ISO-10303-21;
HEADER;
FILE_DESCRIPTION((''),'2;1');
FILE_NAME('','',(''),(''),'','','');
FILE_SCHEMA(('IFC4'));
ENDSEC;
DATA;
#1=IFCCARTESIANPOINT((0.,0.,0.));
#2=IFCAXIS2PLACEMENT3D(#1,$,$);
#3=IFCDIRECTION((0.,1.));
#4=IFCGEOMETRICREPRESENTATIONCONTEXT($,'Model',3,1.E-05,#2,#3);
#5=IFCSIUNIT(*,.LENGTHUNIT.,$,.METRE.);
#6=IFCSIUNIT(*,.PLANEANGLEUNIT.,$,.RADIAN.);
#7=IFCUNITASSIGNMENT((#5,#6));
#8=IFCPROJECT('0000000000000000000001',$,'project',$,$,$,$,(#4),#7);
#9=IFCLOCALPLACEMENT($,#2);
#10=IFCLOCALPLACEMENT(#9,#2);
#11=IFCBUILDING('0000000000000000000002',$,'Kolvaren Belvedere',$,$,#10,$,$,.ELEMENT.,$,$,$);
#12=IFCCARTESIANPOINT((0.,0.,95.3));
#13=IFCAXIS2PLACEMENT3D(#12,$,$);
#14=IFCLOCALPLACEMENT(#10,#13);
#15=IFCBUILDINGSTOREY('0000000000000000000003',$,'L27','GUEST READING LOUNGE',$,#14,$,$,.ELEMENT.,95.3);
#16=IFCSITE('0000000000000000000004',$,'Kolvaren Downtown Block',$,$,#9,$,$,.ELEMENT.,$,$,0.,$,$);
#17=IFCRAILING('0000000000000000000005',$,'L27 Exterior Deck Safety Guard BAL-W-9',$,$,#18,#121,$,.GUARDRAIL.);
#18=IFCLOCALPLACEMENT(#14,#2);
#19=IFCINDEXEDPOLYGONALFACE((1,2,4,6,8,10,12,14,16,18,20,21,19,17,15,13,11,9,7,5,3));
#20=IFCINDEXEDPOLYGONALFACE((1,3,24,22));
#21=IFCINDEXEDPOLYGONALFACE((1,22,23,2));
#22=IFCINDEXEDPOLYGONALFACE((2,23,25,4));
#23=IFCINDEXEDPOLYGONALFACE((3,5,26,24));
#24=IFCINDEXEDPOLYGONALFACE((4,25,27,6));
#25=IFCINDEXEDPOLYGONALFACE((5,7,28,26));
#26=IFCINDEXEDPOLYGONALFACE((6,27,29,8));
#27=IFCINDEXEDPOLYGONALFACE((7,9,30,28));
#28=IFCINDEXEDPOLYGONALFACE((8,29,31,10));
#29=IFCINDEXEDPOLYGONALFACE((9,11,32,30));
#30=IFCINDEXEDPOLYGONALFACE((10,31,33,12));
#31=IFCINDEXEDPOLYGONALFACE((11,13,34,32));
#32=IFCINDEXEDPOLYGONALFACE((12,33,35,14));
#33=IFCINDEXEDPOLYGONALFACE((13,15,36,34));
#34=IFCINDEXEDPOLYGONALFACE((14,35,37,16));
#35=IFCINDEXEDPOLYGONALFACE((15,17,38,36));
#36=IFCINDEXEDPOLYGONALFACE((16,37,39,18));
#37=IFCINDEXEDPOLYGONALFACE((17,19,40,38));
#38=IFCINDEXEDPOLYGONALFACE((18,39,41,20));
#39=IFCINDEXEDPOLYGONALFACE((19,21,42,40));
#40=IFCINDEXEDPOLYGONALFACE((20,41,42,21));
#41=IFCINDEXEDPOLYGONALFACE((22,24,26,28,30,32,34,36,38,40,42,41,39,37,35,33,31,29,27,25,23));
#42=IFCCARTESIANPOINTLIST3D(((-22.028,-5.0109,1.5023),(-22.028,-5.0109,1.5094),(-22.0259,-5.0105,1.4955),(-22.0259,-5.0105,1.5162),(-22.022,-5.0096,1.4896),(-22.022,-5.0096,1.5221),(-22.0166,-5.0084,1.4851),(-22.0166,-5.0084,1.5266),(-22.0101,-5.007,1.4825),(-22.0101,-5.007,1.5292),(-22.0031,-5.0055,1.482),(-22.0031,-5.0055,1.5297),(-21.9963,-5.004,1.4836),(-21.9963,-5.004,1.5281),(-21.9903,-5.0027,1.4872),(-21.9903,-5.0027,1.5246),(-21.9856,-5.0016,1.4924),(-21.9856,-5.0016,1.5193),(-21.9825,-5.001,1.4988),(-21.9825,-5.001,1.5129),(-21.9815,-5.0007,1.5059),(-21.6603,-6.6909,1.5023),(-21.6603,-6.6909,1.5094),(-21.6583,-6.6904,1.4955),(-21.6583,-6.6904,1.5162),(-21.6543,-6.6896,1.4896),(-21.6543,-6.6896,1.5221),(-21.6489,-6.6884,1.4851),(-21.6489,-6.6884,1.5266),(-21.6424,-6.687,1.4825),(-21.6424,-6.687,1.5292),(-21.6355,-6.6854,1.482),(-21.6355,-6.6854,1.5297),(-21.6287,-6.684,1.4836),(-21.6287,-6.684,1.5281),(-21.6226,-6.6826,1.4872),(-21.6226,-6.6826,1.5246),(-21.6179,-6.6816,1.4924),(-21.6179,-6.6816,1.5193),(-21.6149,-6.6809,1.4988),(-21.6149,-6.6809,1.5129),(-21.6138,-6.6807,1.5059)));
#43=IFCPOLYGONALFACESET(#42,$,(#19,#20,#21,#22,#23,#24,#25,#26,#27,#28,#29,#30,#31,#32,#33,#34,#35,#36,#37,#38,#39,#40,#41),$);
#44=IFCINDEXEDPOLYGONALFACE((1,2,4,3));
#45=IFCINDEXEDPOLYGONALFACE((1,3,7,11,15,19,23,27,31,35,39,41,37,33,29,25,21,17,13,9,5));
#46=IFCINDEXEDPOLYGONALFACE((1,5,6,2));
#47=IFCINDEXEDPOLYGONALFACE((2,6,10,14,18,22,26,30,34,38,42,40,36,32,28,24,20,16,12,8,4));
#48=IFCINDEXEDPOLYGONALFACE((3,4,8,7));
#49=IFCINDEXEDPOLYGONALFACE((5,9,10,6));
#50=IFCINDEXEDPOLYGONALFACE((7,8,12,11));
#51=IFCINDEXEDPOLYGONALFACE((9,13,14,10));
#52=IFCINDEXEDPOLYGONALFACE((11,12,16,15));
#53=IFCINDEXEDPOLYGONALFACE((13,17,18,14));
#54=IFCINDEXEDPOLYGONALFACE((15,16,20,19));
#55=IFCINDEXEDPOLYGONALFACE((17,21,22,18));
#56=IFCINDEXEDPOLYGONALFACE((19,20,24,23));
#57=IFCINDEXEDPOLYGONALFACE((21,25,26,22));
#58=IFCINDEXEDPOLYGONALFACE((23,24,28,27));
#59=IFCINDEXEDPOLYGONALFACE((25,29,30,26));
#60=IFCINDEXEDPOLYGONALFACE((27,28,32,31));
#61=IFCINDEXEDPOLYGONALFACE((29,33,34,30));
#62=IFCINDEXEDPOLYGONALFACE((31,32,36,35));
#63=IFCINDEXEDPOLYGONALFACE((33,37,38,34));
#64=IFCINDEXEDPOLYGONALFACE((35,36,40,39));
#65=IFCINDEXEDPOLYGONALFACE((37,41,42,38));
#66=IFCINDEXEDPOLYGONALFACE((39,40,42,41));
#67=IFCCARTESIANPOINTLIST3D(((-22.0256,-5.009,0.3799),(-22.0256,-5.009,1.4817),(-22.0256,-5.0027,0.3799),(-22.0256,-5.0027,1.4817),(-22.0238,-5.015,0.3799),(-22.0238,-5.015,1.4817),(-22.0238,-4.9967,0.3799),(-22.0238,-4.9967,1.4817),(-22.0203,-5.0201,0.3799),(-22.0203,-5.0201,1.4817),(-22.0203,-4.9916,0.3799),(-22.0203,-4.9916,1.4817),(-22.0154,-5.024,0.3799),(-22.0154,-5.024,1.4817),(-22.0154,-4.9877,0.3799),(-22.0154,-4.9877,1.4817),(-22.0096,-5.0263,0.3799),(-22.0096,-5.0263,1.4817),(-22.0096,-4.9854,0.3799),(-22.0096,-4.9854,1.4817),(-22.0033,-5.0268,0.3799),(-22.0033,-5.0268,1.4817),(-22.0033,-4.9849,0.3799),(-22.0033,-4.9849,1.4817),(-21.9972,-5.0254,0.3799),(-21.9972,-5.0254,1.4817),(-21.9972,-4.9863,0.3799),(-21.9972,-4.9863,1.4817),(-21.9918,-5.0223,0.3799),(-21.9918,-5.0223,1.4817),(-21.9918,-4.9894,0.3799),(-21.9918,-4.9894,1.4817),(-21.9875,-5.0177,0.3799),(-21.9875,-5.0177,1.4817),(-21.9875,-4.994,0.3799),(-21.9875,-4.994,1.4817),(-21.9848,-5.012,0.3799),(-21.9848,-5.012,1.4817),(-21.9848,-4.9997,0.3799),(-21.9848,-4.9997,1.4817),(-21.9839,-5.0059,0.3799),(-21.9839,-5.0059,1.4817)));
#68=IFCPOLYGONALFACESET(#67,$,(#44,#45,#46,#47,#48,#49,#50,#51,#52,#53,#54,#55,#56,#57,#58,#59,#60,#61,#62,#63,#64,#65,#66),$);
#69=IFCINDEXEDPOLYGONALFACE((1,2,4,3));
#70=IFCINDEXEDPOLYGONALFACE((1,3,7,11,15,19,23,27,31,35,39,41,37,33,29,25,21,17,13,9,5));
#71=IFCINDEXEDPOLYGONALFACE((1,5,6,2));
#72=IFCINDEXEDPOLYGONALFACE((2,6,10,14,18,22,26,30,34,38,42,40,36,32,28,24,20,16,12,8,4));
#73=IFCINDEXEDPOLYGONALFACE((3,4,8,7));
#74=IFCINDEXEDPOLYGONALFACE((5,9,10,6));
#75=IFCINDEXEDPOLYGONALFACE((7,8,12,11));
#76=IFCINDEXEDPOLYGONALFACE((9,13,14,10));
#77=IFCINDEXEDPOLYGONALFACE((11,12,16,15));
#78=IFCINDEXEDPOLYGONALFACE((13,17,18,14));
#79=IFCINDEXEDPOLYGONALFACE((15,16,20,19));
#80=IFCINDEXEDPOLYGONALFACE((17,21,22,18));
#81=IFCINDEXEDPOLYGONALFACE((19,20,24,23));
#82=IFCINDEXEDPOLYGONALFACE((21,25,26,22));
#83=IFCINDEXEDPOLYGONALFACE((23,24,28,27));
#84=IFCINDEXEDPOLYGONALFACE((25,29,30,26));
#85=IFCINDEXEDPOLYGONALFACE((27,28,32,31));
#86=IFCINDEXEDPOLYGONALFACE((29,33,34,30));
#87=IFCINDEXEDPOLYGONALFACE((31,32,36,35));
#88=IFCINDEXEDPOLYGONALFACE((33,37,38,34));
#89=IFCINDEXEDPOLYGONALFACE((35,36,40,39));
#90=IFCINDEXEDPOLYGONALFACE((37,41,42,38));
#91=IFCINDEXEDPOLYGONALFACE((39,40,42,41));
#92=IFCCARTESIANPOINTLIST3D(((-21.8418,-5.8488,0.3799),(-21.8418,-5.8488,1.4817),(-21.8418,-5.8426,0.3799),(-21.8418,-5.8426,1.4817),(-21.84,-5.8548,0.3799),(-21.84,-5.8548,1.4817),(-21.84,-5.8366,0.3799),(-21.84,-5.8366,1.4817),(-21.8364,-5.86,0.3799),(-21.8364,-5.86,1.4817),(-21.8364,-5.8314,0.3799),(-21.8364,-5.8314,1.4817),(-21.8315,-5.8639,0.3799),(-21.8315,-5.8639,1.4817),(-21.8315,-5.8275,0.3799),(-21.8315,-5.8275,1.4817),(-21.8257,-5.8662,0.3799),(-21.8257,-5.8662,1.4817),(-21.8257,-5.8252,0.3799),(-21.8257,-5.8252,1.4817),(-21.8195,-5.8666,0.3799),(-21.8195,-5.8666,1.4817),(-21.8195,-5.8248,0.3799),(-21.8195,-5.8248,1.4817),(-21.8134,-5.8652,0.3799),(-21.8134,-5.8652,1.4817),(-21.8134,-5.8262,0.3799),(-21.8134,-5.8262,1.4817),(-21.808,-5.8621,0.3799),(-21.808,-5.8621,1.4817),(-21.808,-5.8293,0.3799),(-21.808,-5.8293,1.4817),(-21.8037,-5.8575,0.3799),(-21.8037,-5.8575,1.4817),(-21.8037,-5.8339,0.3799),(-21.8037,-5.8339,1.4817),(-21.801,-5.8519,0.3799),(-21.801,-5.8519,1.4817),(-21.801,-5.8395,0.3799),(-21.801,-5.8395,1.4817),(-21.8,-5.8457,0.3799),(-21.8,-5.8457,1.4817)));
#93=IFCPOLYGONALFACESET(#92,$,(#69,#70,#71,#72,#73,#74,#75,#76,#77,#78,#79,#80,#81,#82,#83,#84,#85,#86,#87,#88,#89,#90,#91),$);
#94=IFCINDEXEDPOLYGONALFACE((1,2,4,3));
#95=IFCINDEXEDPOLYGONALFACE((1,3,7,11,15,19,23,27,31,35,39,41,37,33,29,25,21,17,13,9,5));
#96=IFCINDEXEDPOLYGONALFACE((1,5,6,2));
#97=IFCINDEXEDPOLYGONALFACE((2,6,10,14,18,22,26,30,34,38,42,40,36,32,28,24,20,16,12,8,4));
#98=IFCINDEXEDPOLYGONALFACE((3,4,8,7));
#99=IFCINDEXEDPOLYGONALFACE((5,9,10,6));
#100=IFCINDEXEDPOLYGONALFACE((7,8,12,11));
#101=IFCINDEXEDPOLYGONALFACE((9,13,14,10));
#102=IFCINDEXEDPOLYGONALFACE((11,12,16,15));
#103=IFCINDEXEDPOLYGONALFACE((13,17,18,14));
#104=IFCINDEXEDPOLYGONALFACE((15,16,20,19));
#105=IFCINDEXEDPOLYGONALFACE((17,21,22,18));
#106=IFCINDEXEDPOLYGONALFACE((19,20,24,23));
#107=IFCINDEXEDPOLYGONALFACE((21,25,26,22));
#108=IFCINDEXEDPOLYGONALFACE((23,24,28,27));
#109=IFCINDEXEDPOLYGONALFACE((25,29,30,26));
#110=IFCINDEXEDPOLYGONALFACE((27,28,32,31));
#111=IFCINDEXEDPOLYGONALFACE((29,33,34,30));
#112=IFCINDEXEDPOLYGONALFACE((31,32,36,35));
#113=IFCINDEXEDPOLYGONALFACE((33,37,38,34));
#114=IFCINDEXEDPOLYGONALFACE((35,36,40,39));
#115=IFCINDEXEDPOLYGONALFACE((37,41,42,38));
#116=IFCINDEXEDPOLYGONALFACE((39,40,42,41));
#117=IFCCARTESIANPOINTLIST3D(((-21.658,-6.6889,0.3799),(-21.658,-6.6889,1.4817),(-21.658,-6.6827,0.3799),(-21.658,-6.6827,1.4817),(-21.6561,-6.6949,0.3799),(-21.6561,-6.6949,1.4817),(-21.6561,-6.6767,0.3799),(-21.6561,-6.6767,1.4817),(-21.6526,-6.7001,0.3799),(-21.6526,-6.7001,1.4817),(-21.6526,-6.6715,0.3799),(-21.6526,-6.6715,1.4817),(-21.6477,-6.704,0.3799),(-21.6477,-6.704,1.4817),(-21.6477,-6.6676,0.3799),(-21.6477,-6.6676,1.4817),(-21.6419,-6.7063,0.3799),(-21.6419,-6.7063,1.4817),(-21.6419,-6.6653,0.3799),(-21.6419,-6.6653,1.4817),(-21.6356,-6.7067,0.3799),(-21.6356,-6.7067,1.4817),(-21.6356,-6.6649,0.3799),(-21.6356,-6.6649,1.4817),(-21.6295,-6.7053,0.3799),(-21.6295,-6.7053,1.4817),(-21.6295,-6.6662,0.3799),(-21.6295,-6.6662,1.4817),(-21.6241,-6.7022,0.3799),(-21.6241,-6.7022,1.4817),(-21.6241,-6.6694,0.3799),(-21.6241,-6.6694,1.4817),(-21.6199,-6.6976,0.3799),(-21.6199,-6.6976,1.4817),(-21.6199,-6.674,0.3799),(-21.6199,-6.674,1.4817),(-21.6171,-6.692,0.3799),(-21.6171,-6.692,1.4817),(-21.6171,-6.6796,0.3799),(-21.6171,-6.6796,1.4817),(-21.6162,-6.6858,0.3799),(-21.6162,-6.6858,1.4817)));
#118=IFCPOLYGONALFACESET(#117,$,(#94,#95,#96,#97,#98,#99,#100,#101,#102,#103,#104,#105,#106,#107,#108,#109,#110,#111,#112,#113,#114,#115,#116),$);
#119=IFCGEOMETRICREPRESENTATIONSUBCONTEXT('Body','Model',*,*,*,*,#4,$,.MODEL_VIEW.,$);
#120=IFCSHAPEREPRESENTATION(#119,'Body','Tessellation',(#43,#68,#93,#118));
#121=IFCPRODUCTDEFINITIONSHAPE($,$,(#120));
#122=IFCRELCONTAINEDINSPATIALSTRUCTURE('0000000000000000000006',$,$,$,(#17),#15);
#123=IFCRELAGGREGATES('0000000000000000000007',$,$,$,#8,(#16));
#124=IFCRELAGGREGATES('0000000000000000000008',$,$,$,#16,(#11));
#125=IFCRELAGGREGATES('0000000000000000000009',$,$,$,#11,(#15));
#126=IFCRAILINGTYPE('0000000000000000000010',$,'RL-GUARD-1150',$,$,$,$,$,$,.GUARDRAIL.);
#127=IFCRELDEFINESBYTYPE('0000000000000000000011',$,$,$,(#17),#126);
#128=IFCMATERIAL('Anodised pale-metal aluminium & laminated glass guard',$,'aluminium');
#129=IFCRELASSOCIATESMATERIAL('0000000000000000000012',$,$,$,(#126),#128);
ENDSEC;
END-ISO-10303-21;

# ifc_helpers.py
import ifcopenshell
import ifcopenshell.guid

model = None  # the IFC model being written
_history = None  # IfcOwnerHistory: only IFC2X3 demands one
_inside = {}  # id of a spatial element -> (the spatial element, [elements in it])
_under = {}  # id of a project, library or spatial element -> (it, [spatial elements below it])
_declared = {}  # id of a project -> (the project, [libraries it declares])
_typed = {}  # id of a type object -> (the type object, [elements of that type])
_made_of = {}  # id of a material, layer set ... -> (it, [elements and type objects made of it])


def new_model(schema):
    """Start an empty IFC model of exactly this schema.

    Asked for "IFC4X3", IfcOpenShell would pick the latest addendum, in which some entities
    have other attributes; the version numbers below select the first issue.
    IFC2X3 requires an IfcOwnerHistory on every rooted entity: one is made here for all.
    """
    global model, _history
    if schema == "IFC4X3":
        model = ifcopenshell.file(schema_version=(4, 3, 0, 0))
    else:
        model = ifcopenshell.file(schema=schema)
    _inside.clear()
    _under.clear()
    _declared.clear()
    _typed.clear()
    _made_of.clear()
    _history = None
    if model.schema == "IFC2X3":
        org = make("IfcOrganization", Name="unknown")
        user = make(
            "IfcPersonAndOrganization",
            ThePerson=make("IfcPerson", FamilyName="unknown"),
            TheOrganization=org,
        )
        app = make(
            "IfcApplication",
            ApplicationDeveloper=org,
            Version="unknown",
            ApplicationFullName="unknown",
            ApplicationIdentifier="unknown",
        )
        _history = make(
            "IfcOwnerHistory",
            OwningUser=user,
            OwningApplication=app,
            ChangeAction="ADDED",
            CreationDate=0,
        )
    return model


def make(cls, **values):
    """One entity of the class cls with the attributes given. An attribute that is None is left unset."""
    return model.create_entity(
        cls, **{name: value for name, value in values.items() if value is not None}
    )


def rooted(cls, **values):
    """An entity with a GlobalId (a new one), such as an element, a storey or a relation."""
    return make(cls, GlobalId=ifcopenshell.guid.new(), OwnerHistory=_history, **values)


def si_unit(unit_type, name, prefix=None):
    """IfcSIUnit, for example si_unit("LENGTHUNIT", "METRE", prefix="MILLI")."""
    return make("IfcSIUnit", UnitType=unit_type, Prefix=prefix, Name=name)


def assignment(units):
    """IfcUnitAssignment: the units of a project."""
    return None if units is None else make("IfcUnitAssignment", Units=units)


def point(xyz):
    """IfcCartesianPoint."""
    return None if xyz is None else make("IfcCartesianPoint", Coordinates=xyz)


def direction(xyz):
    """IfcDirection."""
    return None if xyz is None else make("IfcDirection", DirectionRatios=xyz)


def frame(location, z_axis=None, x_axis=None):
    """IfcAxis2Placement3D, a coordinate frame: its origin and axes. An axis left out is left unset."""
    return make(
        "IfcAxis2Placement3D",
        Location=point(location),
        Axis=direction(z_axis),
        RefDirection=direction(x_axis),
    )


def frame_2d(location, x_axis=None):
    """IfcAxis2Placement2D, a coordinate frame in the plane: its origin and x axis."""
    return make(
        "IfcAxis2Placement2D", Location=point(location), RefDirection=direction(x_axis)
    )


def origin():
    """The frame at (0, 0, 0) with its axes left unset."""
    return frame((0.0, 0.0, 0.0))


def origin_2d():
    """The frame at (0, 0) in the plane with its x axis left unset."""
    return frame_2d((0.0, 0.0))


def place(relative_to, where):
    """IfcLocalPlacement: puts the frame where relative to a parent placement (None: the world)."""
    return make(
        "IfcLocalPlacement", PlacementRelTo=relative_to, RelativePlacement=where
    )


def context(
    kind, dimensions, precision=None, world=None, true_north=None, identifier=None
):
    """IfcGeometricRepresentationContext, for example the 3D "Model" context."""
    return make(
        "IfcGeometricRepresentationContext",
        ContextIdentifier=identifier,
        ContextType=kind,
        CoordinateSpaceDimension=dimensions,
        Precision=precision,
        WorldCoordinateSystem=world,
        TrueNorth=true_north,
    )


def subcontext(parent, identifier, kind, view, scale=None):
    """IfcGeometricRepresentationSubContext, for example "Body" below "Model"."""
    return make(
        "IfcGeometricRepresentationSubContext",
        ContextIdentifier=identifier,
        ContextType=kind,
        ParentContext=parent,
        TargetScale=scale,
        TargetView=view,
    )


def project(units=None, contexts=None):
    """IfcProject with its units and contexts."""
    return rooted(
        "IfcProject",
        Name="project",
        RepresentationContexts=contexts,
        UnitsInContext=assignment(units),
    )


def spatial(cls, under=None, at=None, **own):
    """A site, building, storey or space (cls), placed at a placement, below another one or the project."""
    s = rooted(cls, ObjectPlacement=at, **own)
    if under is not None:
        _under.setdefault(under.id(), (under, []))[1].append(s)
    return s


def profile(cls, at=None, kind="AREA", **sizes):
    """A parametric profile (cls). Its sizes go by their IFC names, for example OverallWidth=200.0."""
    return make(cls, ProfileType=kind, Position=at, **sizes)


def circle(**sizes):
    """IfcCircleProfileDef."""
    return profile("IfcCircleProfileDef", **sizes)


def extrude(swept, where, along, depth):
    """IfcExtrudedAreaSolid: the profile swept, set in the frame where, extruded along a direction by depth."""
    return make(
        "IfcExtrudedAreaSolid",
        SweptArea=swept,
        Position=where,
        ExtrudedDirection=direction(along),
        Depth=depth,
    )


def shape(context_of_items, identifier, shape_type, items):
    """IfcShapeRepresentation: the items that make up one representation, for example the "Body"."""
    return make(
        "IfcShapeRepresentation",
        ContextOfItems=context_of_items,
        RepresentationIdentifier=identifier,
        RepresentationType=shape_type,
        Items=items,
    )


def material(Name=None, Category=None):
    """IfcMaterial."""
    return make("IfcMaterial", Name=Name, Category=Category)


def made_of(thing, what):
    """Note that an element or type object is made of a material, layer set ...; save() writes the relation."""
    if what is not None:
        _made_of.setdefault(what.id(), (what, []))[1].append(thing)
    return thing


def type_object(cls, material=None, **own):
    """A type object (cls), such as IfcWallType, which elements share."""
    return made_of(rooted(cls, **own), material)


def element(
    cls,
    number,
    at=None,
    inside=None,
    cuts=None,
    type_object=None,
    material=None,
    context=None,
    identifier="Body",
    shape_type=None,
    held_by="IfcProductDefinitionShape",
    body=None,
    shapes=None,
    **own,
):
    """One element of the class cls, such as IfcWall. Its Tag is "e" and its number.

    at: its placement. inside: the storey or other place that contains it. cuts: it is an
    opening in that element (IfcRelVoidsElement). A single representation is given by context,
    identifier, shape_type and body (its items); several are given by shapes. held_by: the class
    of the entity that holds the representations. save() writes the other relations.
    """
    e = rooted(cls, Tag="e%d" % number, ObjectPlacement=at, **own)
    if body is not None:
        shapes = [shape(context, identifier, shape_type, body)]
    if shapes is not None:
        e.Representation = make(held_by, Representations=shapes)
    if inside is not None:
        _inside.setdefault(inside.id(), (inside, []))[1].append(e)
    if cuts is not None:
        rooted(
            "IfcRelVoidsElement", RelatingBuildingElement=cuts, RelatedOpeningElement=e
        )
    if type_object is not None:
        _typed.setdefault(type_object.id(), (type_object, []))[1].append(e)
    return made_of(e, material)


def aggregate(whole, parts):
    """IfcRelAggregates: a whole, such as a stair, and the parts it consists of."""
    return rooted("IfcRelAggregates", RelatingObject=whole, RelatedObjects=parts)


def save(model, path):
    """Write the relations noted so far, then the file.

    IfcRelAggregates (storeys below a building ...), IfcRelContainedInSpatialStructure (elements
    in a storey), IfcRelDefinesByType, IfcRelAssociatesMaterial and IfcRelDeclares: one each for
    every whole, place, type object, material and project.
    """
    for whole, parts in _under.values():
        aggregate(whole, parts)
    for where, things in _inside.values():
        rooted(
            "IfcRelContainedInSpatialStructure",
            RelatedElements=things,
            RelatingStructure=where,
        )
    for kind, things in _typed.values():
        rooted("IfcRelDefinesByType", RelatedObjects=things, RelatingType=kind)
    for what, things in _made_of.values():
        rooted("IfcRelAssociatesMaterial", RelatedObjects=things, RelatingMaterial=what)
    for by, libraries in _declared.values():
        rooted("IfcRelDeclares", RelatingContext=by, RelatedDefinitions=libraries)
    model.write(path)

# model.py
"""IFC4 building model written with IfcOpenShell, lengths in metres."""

from ifc_helpers import new_model, si_unit, direction, frame, origin, origin_2d, place, context, subcontext, project, spatial, circle, extrude, material, type_object, element, save


model = new_model("IFC4")

# Units and contexts
model_context = context("Model", 3, precision=1e-05, world=origin(), true_north=direction((0.0, 1.0)))
body_context = subcontext(model_context, "Body", "Model", "MODEL_VIEW")
ifc_project = project(units=[si_unit("LENGTHUNIT", "METRE"), si_unit("PLANEANGLEUNIT", "RADIAN")], contexts=[model_context])

# Site, building, storey
site_placement = place(None, origin())
site = spatial("IfcSite", under=ifc_project, at=site_placement, Name="Kolvaren Downtown Block", CompositionType="ELEMENT", RefElevation=0.0)
building_placement = place(site_placement, origin())
building = spatial("IfcBuilding", under=site, at=building_placement, Name="Kolvaren Belvedere", CompositionType="ELEMENT")
storey_placement = place(building_placement, frame((0.0, 0.0, 95.3)))
storey = spatial("IfcBuildingStorey", under=building, at=storey_placement, Name="L27", Description="GUEST READING LOUNGE", CompositionType="ELEMENT", Elevation=95.3)

# Railing
ifc_material_1 = material(Name="Anodised pale-metal aluminium & laminated glass guard", Category="aluminium")
railing_type = type_object("IfcRailingType", Name="RL-GUARD-1150", PredefinedType="GUARDRAIL", material=ifc_material_1)
railing_1_placement = place(storey_placement, frame((-22.0049, -5.0059, 0.3799)))
element("IfcRailing", 1, at=railing_1_placement, inside=storey, type_object=railing_type, Name="L27 Exterior Deck Safety Guard BAL-W-9", PredefinedType="GUARDRAIL", context=body_context, shape_type="SweptSolid", body=[
    extrude(circle(Radius=0.0239, at=origin_2d()), frame((0.0, 0.0, 1.126), z_axis=(0.213803, -0.976877, 0.0), x_axis=(0.976877, 0.213803, 0.0)), (0.0, 0.0, 1.0), 1.7197),
    extrude(circle(Radius=0.021, at=origin_2d()), origin(), (0.0, 0.0, 1.0), 1.1018),
    extrude(circle(Radius=0.021, at=origin_2d()), frame((0.1838, -0.8398, 0.0)), (0.0, 0.0, 1.0), 1.1018),
    extrude(circle(Radius=0.021, at=origin_2d()), frame((0.3677, -1.6799, 0.0)), (0.0, 0.0, 1.0), 1.1018),
])

save(model, "model.ifc")
